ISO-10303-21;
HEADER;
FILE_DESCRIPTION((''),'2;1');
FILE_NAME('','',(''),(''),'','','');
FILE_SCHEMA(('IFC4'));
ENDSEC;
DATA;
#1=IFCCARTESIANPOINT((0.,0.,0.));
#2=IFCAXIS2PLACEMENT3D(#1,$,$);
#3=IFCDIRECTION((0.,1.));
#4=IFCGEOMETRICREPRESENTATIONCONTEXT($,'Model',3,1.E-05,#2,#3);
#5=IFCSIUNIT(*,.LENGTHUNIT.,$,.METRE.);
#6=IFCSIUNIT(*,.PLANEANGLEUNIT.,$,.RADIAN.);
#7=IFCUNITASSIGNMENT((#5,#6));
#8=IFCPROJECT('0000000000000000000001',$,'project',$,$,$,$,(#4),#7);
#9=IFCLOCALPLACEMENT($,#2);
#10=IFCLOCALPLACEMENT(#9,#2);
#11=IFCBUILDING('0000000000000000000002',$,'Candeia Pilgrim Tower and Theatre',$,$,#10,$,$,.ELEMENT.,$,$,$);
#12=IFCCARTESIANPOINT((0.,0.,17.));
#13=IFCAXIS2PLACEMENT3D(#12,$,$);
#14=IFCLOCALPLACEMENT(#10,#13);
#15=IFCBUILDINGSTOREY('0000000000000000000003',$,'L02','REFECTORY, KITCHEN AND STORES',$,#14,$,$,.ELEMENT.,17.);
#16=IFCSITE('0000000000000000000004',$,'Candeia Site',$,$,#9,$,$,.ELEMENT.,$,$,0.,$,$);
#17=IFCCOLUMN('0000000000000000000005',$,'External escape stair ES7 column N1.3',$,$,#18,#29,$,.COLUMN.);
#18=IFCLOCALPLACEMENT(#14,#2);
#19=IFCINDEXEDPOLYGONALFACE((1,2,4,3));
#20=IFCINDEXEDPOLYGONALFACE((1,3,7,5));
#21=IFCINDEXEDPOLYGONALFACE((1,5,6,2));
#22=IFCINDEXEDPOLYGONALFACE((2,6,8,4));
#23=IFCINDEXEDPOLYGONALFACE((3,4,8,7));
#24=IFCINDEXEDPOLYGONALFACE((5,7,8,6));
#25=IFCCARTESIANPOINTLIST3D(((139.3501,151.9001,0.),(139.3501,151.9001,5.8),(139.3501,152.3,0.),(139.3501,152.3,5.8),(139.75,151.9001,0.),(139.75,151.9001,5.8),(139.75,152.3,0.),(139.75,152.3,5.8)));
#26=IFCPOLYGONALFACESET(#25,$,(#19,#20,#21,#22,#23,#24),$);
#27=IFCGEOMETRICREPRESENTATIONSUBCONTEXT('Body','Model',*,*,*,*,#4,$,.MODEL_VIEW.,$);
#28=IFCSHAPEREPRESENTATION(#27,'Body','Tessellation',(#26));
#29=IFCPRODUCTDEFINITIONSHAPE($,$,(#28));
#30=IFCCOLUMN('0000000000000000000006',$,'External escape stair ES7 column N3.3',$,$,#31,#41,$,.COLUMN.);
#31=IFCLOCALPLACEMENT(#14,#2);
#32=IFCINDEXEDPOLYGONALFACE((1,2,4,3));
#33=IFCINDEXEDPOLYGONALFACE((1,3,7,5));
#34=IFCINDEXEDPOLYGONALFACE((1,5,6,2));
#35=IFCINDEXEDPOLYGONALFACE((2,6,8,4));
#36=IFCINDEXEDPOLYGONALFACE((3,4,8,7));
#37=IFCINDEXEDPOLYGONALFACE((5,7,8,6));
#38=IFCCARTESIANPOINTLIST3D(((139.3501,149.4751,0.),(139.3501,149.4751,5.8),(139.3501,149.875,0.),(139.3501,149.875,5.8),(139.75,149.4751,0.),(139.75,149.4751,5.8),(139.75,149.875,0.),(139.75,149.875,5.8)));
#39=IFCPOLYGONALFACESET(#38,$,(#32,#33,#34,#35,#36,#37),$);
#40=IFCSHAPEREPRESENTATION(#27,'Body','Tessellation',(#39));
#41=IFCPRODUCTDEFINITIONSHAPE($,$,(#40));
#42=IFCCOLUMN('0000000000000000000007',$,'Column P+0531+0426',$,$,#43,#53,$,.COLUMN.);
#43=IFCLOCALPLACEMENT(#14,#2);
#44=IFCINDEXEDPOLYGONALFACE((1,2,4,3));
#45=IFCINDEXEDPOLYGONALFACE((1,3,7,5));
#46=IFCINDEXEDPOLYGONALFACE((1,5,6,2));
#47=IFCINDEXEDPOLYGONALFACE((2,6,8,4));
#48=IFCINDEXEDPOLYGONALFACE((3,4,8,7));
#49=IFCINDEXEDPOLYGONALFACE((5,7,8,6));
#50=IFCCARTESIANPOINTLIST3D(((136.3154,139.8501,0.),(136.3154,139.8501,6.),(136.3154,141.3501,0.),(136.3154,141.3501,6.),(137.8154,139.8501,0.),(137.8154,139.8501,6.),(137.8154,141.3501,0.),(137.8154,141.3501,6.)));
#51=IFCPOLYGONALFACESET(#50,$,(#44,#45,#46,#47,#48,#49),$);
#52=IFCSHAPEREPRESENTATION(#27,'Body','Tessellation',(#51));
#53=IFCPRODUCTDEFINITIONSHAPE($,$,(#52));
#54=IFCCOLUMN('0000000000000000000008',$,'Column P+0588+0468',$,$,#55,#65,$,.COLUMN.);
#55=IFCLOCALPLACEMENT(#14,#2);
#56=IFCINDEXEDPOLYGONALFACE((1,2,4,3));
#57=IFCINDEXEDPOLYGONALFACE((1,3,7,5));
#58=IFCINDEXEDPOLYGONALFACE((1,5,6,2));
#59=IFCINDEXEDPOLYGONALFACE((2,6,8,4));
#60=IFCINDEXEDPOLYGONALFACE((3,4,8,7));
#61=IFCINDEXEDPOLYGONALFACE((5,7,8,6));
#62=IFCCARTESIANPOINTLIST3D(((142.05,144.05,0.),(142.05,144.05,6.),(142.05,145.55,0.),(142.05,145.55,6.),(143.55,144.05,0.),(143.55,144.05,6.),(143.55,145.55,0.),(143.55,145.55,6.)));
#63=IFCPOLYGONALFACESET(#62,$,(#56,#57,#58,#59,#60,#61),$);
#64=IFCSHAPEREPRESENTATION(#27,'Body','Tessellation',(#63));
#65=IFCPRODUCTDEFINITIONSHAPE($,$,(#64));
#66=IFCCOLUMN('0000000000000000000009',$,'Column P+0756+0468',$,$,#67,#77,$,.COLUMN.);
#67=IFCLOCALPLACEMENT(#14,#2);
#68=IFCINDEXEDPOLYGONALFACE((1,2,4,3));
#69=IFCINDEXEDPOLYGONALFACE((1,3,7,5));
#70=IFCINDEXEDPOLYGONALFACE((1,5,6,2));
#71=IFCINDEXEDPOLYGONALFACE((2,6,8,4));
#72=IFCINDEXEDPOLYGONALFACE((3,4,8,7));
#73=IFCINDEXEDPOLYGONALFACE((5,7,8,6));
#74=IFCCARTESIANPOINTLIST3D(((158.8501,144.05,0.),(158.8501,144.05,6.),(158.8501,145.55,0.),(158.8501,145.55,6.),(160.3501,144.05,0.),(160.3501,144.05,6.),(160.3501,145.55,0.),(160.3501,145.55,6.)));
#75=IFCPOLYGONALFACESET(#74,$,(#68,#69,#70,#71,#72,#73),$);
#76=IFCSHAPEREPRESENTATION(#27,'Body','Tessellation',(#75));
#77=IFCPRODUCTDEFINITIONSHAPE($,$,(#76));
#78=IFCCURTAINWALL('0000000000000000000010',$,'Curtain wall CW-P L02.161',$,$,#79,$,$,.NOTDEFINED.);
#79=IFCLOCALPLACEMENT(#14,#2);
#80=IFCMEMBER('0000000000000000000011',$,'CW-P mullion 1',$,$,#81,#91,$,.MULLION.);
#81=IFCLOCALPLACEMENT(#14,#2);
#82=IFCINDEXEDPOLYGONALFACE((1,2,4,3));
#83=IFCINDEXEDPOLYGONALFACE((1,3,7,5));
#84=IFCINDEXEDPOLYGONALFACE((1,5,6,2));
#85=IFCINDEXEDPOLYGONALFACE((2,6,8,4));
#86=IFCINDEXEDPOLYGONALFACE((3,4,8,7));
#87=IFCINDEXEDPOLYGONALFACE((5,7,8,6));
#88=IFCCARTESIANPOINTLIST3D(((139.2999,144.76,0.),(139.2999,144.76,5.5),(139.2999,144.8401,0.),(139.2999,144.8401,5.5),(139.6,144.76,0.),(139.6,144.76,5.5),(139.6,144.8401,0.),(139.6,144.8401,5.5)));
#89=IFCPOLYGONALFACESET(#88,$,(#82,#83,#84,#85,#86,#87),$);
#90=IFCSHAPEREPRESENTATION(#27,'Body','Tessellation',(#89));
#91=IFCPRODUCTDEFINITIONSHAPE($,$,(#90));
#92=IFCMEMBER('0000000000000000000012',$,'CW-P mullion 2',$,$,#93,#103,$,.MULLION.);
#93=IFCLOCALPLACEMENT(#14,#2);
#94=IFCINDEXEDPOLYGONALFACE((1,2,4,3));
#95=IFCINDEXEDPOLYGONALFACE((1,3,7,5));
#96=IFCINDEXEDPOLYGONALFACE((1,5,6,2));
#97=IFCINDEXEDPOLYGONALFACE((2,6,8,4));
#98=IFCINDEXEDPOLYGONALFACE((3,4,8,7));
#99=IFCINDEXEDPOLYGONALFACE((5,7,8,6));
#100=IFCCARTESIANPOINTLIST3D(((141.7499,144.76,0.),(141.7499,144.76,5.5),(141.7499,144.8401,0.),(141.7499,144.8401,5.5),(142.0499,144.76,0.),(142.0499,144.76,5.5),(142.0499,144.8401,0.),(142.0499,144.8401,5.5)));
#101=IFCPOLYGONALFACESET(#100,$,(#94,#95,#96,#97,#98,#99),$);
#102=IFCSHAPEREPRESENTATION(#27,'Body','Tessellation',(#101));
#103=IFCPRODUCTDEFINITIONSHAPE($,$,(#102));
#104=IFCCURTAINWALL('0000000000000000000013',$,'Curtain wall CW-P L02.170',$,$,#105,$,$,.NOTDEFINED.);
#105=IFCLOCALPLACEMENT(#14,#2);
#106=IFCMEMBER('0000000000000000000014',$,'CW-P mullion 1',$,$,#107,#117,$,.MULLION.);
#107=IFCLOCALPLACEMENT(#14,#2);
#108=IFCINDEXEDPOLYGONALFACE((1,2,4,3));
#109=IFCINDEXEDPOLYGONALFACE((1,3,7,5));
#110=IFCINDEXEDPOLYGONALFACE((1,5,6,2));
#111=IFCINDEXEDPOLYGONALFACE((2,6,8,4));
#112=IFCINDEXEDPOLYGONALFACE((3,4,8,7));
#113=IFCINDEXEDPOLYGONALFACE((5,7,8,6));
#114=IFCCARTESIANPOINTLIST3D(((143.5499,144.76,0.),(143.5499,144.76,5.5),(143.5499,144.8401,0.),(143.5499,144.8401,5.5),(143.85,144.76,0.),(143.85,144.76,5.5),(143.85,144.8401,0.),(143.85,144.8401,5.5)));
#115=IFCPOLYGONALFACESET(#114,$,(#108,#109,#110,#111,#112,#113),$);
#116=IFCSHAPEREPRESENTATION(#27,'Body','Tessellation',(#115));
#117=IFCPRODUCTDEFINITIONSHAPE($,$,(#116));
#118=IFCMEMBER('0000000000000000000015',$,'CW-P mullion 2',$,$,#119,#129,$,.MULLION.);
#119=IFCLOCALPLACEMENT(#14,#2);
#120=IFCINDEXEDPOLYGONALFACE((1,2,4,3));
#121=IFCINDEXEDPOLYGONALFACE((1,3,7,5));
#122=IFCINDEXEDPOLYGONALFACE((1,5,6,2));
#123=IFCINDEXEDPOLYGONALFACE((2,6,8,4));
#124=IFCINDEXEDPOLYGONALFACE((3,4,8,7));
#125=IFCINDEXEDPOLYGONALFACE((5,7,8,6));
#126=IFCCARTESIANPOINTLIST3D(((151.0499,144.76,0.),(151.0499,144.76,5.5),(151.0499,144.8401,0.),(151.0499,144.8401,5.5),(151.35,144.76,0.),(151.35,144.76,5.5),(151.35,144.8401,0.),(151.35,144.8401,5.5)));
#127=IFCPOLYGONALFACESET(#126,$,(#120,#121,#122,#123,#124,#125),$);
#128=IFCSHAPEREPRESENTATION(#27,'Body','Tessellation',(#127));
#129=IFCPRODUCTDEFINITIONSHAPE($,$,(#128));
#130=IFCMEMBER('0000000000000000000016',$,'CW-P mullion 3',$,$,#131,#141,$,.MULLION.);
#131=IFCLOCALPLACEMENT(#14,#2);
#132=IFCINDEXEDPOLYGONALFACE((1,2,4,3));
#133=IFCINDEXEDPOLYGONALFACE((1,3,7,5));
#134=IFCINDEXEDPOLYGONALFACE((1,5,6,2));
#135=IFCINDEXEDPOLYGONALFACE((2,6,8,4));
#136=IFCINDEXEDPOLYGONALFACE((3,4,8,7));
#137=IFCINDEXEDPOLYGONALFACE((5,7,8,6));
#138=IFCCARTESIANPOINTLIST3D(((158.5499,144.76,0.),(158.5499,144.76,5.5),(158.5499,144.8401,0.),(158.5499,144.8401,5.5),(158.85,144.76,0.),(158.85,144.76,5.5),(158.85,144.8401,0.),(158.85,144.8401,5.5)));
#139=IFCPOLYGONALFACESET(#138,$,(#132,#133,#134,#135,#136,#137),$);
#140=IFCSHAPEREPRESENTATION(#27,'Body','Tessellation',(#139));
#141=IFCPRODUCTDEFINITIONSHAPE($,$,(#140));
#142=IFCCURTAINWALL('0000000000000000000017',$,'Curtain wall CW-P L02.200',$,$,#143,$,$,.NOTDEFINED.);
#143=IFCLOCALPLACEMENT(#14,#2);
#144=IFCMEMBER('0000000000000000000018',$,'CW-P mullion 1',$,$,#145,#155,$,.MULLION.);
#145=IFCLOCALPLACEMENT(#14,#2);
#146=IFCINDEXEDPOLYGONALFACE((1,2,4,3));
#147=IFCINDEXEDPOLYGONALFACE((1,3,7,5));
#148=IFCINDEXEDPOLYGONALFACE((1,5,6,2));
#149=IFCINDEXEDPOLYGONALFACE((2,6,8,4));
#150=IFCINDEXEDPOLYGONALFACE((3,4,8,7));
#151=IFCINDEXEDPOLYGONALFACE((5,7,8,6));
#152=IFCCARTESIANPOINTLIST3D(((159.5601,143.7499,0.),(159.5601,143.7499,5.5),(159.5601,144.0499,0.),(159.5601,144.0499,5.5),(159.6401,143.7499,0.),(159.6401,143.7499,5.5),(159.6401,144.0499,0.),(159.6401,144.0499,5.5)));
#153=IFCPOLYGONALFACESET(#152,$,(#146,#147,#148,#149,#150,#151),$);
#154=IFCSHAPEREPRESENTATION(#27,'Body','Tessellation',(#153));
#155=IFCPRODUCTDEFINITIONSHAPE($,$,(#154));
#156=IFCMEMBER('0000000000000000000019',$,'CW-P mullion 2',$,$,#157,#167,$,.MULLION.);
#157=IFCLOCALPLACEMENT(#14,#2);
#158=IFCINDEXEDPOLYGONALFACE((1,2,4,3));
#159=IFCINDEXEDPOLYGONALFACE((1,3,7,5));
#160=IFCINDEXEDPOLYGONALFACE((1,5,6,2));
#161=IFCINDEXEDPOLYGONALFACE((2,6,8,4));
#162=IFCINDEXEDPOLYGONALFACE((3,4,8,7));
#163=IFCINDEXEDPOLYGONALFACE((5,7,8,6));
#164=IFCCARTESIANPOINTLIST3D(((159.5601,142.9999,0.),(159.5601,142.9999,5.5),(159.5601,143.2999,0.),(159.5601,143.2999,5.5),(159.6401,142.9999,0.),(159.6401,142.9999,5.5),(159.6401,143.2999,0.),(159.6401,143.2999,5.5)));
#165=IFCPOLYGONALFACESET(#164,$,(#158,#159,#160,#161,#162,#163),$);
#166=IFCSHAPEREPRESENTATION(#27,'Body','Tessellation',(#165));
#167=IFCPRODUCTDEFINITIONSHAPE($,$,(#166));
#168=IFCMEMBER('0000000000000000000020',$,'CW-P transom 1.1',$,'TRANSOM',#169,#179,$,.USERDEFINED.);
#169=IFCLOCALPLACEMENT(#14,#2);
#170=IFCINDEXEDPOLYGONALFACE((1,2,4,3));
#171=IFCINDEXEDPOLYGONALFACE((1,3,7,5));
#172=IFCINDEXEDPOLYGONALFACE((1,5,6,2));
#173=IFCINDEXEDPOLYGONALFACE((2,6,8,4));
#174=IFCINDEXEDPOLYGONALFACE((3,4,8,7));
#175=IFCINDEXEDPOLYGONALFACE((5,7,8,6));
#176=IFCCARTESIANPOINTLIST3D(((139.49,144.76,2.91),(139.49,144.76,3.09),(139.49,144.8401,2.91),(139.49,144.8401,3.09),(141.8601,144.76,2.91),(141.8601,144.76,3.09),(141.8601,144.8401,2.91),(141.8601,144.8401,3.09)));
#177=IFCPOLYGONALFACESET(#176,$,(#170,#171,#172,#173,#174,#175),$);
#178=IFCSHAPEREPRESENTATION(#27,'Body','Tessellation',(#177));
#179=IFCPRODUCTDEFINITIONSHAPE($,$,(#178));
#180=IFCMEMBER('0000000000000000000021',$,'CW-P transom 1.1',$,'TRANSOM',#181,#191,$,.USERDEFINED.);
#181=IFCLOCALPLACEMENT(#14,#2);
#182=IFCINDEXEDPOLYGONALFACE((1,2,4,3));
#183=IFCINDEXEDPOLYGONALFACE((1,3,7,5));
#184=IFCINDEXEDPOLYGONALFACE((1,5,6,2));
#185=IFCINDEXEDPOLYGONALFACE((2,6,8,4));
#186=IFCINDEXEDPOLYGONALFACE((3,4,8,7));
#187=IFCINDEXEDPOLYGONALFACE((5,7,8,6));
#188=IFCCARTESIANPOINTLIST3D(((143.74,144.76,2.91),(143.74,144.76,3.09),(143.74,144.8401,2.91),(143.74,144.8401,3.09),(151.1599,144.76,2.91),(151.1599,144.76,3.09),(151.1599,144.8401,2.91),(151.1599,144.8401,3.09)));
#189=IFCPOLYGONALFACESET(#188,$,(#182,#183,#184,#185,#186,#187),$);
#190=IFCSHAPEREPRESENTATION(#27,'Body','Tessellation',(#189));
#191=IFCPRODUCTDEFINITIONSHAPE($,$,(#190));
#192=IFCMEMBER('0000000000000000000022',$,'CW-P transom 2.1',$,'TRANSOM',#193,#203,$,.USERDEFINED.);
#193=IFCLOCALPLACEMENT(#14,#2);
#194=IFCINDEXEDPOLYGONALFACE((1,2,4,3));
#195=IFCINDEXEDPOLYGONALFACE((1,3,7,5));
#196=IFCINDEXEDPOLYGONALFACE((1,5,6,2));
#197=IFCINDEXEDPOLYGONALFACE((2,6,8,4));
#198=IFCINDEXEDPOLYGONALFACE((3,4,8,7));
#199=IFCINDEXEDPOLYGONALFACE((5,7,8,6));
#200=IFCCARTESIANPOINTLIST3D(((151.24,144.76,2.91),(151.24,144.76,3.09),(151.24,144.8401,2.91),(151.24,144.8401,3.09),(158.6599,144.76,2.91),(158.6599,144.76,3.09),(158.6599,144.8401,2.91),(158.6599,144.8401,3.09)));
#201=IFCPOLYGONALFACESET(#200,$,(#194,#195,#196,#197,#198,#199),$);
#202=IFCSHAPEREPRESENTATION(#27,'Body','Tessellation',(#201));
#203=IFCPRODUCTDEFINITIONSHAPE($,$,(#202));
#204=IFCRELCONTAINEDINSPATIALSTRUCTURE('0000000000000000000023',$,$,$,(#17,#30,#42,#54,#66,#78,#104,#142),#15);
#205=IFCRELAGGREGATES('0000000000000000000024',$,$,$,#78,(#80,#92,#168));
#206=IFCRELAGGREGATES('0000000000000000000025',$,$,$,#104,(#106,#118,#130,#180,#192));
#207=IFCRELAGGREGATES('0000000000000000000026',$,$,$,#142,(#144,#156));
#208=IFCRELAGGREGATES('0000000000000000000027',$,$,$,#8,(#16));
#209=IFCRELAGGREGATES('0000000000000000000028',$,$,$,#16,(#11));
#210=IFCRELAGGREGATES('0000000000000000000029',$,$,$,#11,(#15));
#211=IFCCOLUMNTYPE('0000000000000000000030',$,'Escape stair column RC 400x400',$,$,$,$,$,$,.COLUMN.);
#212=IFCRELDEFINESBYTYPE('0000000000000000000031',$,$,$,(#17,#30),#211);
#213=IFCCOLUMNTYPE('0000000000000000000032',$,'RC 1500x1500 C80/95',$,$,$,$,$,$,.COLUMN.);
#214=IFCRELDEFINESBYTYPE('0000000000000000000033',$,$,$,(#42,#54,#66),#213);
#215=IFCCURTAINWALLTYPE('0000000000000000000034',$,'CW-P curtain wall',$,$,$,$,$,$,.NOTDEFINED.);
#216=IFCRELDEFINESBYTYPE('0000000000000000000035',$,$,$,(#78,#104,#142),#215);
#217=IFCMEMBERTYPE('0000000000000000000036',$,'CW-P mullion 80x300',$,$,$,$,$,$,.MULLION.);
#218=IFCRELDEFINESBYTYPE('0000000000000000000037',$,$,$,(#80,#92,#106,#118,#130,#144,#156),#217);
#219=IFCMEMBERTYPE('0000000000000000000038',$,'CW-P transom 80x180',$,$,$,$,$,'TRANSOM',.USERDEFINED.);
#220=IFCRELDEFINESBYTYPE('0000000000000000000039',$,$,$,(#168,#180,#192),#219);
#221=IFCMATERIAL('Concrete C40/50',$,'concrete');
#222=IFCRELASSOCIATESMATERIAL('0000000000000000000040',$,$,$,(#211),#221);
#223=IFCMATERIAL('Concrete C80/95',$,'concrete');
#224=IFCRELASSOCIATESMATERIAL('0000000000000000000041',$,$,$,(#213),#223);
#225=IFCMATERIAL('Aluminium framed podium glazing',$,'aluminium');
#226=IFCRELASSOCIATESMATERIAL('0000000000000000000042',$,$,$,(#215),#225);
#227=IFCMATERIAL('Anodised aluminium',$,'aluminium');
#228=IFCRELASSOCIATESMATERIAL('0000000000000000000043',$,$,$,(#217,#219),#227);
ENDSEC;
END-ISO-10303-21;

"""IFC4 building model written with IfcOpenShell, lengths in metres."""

from ifc_helpers import new_model, si_unit, direction, frame, origin, origin_2d, place, context, subcontext, project, spatial, rectangle, extrude, material, material_profile, profile_set, type_object, element, aggregate, save


model = new_model("IFC4")

# Units and contexts
model_context = context("Model", 3, precision=1e-05, world=origin(), true_north=direction((0.0, 1.0)))
body_context = subcontext(model_context, "Body", "Model", "MODEL_VIEW")
ifc_project = project(units=[si_unit("LENGTHUNIT", "METRE"), si_unit("PLANEANGLEUNIT", "RADIAN")], contexts=[model_context])

# Site, building, storey
site_placement = place(None, origin())
site = spatial("IfcSite", under=ifc_project, at=site_placement, Name="Candeia Site", CompositionType="ELEMENT", RefElevation=0.0)
building_placement = place(site_placement, origin())
building = spatial("IfcBuilding", under=site, at=building_placement, Name="Candeia Pilgrim Tower and Theatre", CompositionType="ELEMENT")
storey_placement = place(building_placement, frame((0.0, 0.0, 17.0)))
storey = spatial("IfcBuildingStorey", under=building, at=storey_placement, Name="L02", Description="REFECTORY, KITCHEN AND STORES", CompositionType="ELEMENT", Elevation=17.0)

# Columns
ifc_material_1 = material(Name="Concrete C40/50", Category="concrete")
ifc_material_profile_1 = material_profile(ifc_material_1, rectangle(XDim=0.3999, YDim=0.3999, at=origin_2d()))
ifc_profile_set_1 = profile_set([ifc_material_profile_1], Name="Concrete C40/50")
column_type_1 = type_object("IfcColumnType", Name="Escape stair column RC 400x400", PredefinedType="COLUMN", material=ifc_profile_set_1)
for number, where, z_axis, x_axis, name in (
    (1, (139.55, 152.1001, 0.0), (0.0, 0.0, 1.0), (1.0, 0.0, 0.0), "External escape stair ES7 column N1.3"),
    (2, (139.55, 149.675, 0.0), (0.0, 0.0, 1.0), (1.0, 0.0, 0.0), "External escape stair ES7 column N3.3"),
):
    element("IfcColumn", number, at=place(storey_placement, frame(where, z_axis=z_axis, x_axis=x_axis)), inside=storey, type_object=column_type_1, Name=name, PredefinedType="COLUMN", context=body_context, shape_type="SweptSolid", body=[
        extrude(rectangle(XDim=0.3999, YDim=0.3999, at=origin_2d()), origin(), (0.0, 0.0, 1.0), 5.8),
    ])
ifc_material_2 = material(Name="Concrete C80/95", Category="concrete")
ifc_material_profile_2 = material_profile(ifc_material_2, rectangle(XDim=1.5, YDim=1.5, at=origin_2d()))
ifc_profile_set_2 = profile_set([ifc_material_profile_2], Name="Concrete C80/95")
column_type_2 = type_object("IfcColumnType", Name="RC 1500x1500 C80/95", PredefinedType="COLUMN", material=ifc_profile_set_2)
for number, where, z_axis, x_axis, name in (
    (3, (137.0654, 140.6001, 0.0), (0.0, 0.0, 1.0), (1.0, 0.0, 0.0), "Column P+0531+0426"),
    (4, (142.8, 144.8, 0.0), (0.0, 0.0, 1.0), (1.0, 0.0, 0.0), "Column P+0588+0468"),
    (5, (159.6001, 144.8, 0.0), (0.0, 0.0, 1.0), (1.0, 0.0, 0.0), "Column P+0756+0468"),
):
    element("IfcColumn", number, at=place(storey_placement, frame(where, z_axis=z_axis, x_axis=x_axis)), inside=storey, type_object=column_type_2, Name=name, PredefinedType="COLUMN", context=body_context, shape_type="SweptSolid", body=[
        extrude(rectangle(XDim=1.5, YDim=1.5, at=origin_2d()), origin(), (0.0, 0.0, 1.0), 6.0),
    ])

# Curtain walls, members
ifc_material_3 = material(Name="Aluminium framed podium glazing", Category="aluminium")
curtain_wall_type = type_object("IfcCurtainWallType", Name="CW-P curtain wall", PredefinedType="NOTDEFINED", material=ifc_material_3)
curtain_wall_1_placement = place(storey_placement, origin())
curtain_wall_1 = element("IfcCurtainWall", 6, at=curtain_wall_1_placement, inside=storey, type_object=curtain_wall_type, Name="Curtain wall CW-P L02.161", PredefinedType="NOTDEFINED")
ifc_material_4 = material(Name="Anodised aluminium", Category="aluminium")
ifc_material_profile_3 = material_profile(ifc_material_4, rectangle(XDim=0.0801, YDim=0.3, at=origin_2d()))
ifc_profile_set_3 = profile_set([ifc_material_profile_3], Name="Anodised aluminium")
member_type_1 = type_object("IfcMemberType", Name="CW-P mullion 80x300", PredefinedType="MULLION", material=ifc_profile_set_3)
member_1_placement = place(storey_placement, frame((139.45, 144.8, 0.0), z_axis=(0.0, 0.0, 1.0), x_axis=(0.0, 1.0, 0.0)))
member_1 = element("IfcMember", 7, at=member_1_placement, type_object=member_type_1, Name="CW-P mullion 1", PredefinedType="MULLION", context=body_context, shape_type="SweptSolid", body=[
    extrude(rectangle(XDim=0.0801, YDim=0.3, at=origin_2d()), origin(), (0.0, 0.0, 1.0), 5.5),
])
member_2_placement = place(storey_placement, frame((141.8999, 144.8, 0.0), z_axis=(0.0, 0.0, 1.0), x_axis=(0.0, 1.0, 0.0)))
member_2 = element("IfcMember", 8, at=member_2_placement, type_object=member_type_1, Name="CW-P mullion 2", PredefinedType="MULLION", context=body_context, shape_type="SweptSolid", body=[
    extrude(rectangle(XDim=0.0801, YDim=0.3, at=origin_2d()), origin(), (0.0, 0.0, 1.0), 5.5),
])
curtain_wall_2_placement = place(storey_placement, origin())
curtain_wall_2 = element("IfcCurtainWall", 9, at=curtain_wall_2_placement, inside=storey, type_object=curtain_wall_type, Name="Curtain wall CW-P L02.170", PredefinedType="NOTDEFINED")
member_3_placement = place(storey_placement, frame((143.7, 144.8, 0.0), z_axis=(0.0, 0.0, 1.0), x_axis=(0.0, 1.0, 0.0)))
member_3 = element("IfcMember", 10, at=member_3_placement, type_object=member_type_1, Name="CW-P mullion 1", PredefinedType="MULLION", context=body_context, shape_type="SweptSolid", body=[
    extrude(rectangle(XDim=0.0801, YDim=0.3, at=origin_2d()), origin(), (0.0, 0.0, 1.0), 5.5),
])
member_4_placement = place(storey_placement, frame((151.2, 144.8, 0.0), z_axis=(0.0, 0.0, 1.0), x_axis=(0.0, 1.0, 0.0)))
member_4 = element("IfcMember", 11, at=member_4_placement, type_object=member_type_1, Name="CW-P mullion 2", PredefinedType="MULLION", context=body_context, shape_type="SweptSolid", body=[
    extrude(rectangle(XDim=0.0801, YDim=0.3, at=origin_2d()), origin(), (0.0, 0.0, 1.0), 5.5),
])
member_5_placement = place(storey_placement, frame((158.7, 144.8, 0.0), z_axis=(0.0, 0.0, 1.0), x_axis=(0.0, 1.0, 0.0)))
member_5 = element("IfcMember", 12, at=member_5_placement, type_object=member_type_1, Name="CW-P mullion 3", PredefinedType="MULLION", context=body_context, shape_type="SweptSolid", body=[
    extrude(rectangle(XDim=0.0801, YDim=0.3, at=origin_2d()), origin(), (0.0, 0.0, 1.0), 5.5),
])
curtain_wall_3_placement = place(storey_placement, origin())
curtain_wall_3 = element("IfcCurtainWall", 13, at=curtain_wall_3_placement, inside=storey, type_object=curtain_wall_type, Name="Curtain wall CW-P L02.200", PredefinedType="NOTDEFINED")
member_6_placement = place(storey_placement, frame((159.6001, 143.8999, 0.0), z_axis=(0.0, 0.0, 1.0), x_axis=(1.0, 0.0, 0.0)))
member_6 = element("IfcMember", 14, at=member_6_placement, type_object=member_type_1, Name="CW-P mullion 1", PredefinedType="MULLION", context=body_context, shape_type="SweptSolid", body=[
    extrude(rectangle(XDim=0.0801, YDim=0.3, at=origin_2d()), origin(), (0.0, 0.0, 1.0), 5.5),
])
member_7_placement = place(storey_placement, frame((159.6001, 143.1499, 0.0), z_axis=(0.0, 0.0, 1.0), x_axis=(1.0, 0.0, 0.0)))
member_7 = element("IfcMember", 15, at=member_7_placement, type_object=member_type_1, Name="CW-P mullion 2", PredefinedType="MULLION", context=body_context, shape_type="SweptSolid", body=[
    extrude(rectangle(XDim=0.0801, YDim=0.3, at=origin_2d()), origin(), (0.0, 0.0, 1.0), 5.5),
])

# Members
ifc_material_profile_4 = material_profile(ifc_material_4, rectangle(XDim=0.0801, YDim=0.1799, at=origin_2d()))
ifc_profile_set_4 = profile_set([ifc_material_profile_4], Name="Anodised aluminium")
member_type_2 = type_object("IfcMemberType", Name="CW-P transom 80x180", ElementType="TRANSOM", PredefinedType="USERDEFINED", material=ifc_profile_set_4)
member_8_placement = place(storey_placement, frame((139.49, 144.8, 3.0), z_axis=(1.0, 0.0, 0.0), x_axis=(0.0, 1.0, 0.0)))
member_8 = element("IfcMember", 16, at=member_8_placement, type_object=member_type_2, Name="CW-P transom 1.1", ObjectType="TRANSOM", PredefinedType="USERDEFINED", context=body_context, shape_type="SweptSolid", body=[
    extrude(rectangle(XDim=0.0801, YDim=0.1799, at=origin_2d()), origin(), (0.0, 0.0, 1.0), 2.3701),
])
member_9_placement = place(storey_placement, frame((143.74, 144.8, 3.0), z_axis=(1.0, 0.0, 0.0), x_axis=(0.0, 1.0, 0.0)))
member_9 = element("IfcMember", 17, at=member_9_placement, type_object=member_type_2, Name="CW-P transom 1.1", ObjectType="TRANSOM", PredefinedType="USERDEFINED", context=body_context, shape_type="SweptSolid", body=[
    extrude(rectangle(XDim=0.0801, YDim=0.1799, at=origin_2d()), origin(), (0.0, 0.0, 1.0), 7.4199),
])
member_10_placement = place(storey_placement, frame((151.24, 144.8, 3.0), z_axis=(1.0, 0.0, 0.0), x_axis=(0.0, 1.0, 0.0)))
member_10 = element("IfcMember", 18, at=member_10_placement, type_object=member_type_2, Name="CW-P transom 2.1", ObjectType="TRANSOM", PredefinedType="USERDEFINED", context=body_context, shape_type="SweptSolid", body=[
    extrude(rectangle(XDim=0.0801, YDim=0.1799, at=origin_2d()), origin(), (0.0, 0.0, 1.0), 7.4199),
])

aggregate(curtain_wall_1, [member_1, member_2, member_8])
aggregate(curtain_wall_2, [member_3, member_4, member_5, member_9, member_10])
aggregate(curtain_wall_3, [member_6, member_7])

save(model, "model.ifc")
